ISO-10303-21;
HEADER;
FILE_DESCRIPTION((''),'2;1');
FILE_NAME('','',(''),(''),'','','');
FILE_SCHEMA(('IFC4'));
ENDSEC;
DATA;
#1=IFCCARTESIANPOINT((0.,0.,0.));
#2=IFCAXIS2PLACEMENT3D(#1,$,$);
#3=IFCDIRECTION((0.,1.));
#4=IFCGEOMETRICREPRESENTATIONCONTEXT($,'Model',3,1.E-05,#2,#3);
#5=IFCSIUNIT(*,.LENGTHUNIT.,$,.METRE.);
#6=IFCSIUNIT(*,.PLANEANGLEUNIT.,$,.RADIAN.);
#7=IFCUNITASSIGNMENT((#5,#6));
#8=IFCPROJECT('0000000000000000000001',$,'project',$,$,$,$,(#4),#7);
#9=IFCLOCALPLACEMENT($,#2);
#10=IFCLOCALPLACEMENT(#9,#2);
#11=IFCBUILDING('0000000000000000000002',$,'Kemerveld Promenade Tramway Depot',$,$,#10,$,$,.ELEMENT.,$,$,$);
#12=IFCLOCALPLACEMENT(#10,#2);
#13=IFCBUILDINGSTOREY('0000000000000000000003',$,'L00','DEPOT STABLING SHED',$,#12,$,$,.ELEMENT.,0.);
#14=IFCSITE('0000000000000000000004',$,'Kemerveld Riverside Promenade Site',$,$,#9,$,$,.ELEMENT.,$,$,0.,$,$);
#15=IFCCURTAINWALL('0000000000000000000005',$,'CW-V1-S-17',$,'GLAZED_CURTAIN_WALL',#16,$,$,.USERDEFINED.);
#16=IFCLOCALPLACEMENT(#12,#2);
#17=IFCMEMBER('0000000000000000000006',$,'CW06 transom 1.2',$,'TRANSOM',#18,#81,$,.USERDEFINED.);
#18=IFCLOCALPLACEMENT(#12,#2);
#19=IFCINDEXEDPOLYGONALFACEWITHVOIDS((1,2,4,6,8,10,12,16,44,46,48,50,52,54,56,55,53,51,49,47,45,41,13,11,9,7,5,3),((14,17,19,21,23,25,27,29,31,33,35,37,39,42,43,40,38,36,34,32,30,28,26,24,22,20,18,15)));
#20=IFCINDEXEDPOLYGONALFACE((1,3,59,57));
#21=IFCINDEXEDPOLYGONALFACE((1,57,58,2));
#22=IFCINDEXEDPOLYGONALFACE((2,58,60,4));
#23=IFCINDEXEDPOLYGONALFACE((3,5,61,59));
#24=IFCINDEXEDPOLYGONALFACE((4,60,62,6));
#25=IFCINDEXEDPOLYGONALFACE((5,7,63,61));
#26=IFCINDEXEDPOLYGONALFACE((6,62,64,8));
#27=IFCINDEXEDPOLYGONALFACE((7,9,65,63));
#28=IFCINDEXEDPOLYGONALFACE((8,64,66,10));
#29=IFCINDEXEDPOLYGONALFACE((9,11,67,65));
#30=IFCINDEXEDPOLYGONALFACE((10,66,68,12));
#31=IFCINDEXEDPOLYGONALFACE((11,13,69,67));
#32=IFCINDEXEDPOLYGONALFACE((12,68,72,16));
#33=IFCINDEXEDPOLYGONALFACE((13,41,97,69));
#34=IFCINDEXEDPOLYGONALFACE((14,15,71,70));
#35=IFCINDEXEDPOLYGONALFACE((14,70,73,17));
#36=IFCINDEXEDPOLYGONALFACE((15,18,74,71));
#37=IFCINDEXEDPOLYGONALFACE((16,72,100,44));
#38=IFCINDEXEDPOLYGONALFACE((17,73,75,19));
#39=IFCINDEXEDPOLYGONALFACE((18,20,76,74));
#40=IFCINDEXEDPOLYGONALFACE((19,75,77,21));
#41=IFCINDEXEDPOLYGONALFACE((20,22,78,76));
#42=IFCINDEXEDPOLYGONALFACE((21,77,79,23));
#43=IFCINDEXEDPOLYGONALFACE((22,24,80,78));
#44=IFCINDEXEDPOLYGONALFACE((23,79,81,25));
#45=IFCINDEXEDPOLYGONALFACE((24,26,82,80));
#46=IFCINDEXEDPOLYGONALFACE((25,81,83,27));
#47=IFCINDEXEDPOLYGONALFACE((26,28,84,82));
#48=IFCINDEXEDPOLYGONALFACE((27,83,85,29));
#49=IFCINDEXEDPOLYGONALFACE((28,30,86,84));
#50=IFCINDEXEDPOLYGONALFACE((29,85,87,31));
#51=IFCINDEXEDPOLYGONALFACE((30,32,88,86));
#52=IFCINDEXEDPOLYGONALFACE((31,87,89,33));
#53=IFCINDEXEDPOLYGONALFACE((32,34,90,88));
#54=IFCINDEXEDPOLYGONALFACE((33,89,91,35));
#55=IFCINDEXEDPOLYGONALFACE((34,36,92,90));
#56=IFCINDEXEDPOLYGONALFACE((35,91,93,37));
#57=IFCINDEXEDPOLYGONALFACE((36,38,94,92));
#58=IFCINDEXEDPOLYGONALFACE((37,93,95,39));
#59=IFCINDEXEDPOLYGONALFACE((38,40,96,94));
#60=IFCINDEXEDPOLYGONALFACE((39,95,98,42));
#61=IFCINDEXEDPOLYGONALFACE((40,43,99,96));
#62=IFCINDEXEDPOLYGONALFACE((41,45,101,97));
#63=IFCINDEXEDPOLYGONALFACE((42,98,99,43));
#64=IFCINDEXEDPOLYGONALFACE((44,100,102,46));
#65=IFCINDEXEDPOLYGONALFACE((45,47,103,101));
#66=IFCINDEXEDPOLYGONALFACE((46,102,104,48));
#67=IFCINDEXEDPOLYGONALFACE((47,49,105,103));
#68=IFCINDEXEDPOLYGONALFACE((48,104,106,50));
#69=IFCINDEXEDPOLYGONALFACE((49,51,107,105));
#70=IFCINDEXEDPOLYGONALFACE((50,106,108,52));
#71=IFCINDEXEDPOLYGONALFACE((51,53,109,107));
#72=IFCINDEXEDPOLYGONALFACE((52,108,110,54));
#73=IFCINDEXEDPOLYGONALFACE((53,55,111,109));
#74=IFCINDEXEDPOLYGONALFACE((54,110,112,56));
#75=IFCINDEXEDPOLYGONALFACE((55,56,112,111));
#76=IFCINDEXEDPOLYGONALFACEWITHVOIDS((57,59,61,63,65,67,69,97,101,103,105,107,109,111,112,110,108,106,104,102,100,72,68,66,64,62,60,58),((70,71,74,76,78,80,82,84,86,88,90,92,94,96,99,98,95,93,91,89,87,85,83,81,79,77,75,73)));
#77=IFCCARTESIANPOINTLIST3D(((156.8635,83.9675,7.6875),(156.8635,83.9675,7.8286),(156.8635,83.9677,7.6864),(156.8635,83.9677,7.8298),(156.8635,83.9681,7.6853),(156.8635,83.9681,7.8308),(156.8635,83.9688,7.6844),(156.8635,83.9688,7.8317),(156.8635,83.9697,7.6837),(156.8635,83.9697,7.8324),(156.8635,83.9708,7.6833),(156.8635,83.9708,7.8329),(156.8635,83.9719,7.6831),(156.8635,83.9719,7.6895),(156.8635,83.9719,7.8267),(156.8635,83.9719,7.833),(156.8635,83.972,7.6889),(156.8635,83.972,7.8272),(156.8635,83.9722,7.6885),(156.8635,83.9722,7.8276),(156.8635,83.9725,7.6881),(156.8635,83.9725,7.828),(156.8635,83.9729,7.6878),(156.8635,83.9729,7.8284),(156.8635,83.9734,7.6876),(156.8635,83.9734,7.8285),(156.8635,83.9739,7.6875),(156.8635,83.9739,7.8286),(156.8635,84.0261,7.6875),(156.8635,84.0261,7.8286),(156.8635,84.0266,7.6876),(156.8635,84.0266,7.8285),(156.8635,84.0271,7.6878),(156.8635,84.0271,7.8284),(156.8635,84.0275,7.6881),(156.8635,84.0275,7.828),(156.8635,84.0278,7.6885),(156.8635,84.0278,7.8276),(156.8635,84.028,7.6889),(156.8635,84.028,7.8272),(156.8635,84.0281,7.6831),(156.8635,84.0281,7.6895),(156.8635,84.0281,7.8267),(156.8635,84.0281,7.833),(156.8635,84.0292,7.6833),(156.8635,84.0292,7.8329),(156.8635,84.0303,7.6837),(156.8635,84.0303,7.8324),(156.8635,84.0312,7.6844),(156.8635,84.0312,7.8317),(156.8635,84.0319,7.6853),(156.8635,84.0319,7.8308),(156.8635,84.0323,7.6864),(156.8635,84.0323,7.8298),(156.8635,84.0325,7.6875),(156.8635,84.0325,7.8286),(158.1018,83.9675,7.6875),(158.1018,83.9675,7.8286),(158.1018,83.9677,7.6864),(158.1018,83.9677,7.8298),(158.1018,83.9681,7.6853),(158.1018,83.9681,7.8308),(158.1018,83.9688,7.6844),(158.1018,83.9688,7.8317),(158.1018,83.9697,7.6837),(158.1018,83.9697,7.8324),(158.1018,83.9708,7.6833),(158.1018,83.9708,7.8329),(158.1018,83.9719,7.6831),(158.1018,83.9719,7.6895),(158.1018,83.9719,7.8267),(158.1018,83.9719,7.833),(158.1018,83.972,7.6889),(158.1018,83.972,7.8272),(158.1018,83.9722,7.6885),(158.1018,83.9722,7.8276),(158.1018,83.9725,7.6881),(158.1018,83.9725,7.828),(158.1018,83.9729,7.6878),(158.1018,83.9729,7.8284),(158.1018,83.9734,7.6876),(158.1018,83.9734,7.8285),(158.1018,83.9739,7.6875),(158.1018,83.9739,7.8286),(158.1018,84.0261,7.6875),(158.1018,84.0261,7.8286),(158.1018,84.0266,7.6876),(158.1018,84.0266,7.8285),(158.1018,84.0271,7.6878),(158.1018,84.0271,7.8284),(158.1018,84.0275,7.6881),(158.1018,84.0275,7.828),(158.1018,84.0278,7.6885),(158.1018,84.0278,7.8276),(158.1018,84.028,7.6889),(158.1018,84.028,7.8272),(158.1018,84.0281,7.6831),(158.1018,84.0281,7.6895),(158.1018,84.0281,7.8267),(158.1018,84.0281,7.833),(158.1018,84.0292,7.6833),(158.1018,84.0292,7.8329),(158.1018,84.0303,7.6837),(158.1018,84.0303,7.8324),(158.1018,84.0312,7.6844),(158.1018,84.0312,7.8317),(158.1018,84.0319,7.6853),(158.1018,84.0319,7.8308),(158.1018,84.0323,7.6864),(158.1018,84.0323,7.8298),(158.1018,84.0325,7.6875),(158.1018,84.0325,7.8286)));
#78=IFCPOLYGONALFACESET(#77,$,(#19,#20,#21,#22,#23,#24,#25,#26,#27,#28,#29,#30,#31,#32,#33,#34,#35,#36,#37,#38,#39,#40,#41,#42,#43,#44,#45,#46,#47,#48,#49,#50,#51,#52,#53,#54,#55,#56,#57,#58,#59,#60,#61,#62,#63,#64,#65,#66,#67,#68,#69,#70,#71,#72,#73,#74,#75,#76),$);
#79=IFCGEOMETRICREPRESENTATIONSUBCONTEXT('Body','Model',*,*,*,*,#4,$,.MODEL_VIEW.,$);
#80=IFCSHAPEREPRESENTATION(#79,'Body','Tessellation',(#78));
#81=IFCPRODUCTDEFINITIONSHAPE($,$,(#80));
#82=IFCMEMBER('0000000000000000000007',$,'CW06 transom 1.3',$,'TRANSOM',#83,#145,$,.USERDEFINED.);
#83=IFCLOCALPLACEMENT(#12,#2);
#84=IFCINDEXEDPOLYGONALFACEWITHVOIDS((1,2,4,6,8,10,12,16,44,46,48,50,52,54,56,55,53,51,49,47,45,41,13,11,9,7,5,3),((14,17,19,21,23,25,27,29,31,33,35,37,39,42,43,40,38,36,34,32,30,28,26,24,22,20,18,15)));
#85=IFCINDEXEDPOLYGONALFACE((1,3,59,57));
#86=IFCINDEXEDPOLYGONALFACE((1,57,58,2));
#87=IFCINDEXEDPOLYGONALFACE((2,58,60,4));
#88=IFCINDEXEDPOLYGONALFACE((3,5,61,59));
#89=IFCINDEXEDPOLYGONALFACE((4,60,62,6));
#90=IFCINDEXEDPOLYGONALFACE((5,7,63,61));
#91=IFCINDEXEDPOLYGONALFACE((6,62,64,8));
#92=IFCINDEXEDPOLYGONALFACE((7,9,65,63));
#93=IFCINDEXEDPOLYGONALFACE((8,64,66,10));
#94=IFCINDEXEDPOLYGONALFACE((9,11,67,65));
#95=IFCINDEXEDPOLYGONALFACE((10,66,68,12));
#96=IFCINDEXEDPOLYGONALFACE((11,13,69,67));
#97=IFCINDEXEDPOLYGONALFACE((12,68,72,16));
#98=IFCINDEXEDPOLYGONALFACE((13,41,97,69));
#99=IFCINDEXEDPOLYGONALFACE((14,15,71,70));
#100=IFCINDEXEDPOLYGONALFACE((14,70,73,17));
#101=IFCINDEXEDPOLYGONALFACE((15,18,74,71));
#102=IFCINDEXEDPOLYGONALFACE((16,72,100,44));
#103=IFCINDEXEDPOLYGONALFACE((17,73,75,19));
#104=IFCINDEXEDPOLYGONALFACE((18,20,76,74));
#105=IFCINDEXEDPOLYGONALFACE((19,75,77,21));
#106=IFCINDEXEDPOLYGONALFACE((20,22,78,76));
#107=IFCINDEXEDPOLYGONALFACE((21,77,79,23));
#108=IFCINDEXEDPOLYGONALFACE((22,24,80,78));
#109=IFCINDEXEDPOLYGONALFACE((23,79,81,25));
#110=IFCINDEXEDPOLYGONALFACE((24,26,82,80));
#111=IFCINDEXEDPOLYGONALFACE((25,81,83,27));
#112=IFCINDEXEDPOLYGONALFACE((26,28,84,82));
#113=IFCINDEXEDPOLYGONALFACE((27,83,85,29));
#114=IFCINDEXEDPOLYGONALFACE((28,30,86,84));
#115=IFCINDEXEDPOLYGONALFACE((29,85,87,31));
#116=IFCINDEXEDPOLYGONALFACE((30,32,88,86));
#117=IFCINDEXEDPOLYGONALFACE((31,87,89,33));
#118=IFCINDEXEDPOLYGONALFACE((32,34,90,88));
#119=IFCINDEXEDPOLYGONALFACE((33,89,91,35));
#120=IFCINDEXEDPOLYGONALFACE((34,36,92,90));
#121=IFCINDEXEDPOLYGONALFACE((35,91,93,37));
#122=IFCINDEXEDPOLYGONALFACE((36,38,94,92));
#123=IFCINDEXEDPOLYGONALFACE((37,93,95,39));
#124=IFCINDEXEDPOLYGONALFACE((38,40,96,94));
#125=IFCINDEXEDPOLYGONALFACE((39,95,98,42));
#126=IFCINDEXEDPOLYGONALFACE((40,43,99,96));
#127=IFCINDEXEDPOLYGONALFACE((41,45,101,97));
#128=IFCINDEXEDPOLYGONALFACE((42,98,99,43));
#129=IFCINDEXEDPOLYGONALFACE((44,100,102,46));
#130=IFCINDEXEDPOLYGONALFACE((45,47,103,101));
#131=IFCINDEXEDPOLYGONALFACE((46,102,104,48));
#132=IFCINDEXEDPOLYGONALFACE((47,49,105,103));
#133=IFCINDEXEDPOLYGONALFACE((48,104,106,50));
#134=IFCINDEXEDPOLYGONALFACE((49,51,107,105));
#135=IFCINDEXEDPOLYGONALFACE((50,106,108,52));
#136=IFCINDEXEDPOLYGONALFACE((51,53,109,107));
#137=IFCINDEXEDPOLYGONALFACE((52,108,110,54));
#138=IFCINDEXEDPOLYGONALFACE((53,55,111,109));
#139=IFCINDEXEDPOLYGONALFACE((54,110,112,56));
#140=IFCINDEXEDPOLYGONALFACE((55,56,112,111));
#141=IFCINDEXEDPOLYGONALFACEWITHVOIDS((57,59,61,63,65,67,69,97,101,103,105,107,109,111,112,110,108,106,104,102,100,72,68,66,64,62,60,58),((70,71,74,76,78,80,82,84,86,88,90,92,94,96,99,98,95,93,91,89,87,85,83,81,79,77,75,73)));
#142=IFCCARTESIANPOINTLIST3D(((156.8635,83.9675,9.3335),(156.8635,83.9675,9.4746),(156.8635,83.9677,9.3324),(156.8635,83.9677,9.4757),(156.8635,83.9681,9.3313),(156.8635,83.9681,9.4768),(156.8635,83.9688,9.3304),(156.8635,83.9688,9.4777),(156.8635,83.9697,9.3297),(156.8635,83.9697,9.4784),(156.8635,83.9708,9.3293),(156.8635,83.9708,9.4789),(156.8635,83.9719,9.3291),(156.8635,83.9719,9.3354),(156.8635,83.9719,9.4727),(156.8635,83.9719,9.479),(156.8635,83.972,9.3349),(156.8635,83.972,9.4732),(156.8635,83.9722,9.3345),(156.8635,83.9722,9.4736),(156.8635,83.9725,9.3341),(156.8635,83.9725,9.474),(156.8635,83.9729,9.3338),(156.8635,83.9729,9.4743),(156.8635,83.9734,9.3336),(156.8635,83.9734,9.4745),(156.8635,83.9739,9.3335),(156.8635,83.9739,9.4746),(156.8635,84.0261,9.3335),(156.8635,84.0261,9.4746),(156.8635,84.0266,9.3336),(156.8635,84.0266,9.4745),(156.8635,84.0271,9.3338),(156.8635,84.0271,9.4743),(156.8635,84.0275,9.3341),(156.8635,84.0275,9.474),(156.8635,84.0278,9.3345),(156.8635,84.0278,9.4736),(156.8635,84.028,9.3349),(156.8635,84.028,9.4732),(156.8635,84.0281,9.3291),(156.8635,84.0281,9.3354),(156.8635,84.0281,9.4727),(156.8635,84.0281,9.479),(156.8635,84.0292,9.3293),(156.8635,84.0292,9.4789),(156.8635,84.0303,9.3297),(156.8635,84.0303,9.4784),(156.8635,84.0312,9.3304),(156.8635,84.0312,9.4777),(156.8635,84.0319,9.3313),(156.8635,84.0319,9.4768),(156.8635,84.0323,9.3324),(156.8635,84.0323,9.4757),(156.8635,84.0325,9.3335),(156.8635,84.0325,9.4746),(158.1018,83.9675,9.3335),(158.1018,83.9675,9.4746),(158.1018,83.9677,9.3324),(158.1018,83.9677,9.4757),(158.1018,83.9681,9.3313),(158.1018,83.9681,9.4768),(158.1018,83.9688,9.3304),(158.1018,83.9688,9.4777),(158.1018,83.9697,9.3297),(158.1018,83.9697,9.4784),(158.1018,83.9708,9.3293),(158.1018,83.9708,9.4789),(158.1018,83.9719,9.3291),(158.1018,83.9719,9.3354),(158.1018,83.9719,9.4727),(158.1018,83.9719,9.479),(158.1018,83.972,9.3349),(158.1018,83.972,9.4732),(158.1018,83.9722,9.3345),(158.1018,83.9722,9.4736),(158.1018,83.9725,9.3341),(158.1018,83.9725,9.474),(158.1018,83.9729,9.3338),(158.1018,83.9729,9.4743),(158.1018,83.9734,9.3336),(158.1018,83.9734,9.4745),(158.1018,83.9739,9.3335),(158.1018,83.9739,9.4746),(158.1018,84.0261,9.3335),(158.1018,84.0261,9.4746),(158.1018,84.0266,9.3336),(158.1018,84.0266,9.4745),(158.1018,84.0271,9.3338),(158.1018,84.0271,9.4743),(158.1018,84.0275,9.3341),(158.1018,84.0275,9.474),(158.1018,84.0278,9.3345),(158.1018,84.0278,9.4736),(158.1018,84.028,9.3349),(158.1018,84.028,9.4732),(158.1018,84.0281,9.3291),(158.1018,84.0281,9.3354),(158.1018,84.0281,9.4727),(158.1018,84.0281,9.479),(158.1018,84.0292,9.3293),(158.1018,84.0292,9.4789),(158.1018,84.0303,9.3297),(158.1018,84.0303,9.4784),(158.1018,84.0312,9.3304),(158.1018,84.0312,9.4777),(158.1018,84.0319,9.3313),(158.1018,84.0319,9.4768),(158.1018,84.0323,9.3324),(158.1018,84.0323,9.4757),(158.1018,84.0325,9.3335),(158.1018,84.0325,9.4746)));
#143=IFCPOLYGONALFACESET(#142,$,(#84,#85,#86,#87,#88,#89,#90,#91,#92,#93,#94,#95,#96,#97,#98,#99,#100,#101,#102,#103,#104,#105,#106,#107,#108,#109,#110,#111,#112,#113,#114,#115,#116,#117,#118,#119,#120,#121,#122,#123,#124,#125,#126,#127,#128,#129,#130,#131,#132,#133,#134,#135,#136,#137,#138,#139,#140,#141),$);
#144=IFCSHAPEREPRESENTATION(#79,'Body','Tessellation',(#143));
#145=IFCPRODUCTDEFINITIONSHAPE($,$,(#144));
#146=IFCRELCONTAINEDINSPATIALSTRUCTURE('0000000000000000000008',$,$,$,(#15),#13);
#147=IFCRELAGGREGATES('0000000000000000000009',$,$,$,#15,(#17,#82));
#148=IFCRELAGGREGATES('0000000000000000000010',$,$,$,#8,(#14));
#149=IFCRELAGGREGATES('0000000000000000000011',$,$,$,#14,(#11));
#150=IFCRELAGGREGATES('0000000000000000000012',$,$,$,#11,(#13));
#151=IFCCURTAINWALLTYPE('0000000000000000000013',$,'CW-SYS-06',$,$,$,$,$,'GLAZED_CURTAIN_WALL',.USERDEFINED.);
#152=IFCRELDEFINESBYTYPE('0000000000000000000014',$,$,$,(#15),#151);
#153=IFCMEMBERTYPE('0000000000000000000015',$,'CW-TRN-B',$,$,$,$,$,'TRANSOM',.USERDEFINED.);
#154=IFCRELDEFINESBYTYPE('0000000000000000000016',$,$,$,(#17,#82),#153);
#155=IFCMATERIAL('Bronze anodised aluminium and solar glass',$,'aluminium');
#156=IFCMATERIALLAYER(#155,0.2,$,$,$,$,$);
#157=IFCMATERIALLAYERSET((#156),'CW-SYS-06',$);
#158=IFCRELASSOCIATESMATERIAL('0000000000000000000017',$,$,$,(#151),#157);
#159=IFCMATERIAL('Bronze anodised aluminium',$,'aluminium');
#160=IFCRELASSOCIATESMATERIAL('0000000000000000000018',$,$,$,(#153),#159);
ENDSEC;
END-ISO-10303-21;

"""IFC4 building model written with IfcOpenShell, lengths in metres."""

from ifc_helpers import new_model, si_unit, direction, frame, origin, origin_2d, place, context, subcontext, project, spatial, hollow_rectangle, extrude, material, layer, layer_set, material_profile, profile_set, type_object, element, aggregate, save


model = new_model("IFC4")

# Units and contexts
model_context = context("Model", 3, precision=1e-05, world=origin(), true_north=direction((0.0, 1.0)))
body_context = subcontext(model_context, "Body", "Model", "MODEL_VIEW")
ifc_project = project(units=[si_unit("LENGTHUNIT", "METRE"), si_unit("PLANEANGLEUNIT", "RADIAN")], contexts=[model_context])

# Site, building, storey
site_placement = place(None, origin())
site = spatial("IfcSite", under=ifc_project, at=site_placement, Name="Kemerveld Riverside Promenade Site", CompositionType="ELEMENT", RefElevation=0.0)
building_placement = place(site_placement, origin())
building = spatial("IfcBuilding", under=site, at=building_placement, Name="Kemerveld Promenade Tramway Depot", CompositionType="ELEMENT")
storey_placement = place(building_placement, origin())
storey = spatial("IfcBuildingStorey", under=building, at=storey_placement, Name="L00", Description="DEPOT STABLING SHED", CompositionType="ELEMENT", Elevation=0.0)

# Curtain wall, members
ifc_material_1 = material(Name="Bronze anodised aluminium and solar glass", Category="aluminium")
ifc_material_2 = material(Name="Bronze anodised aluminium", Category="aluminium")
ifc_layer_1 = layer(ifc_material_1, 0.2)
ifc_layer_set_1 = layer_set([ifc_layer_1], Name="CW-SYS-06")
curtain_wall_type_1 = type_object("IfcCurtainWallType", Name="CW-SYS-06", ElementType="GLAZED_CURTAIN_WALL", PredefinedType="USERDEFINED", material=ifc_layer_set_1)
curtain_wall_1_placement = place(storey_placement, origin())
curtain_wall_1 = element("IfcCurtainWall", 1, at=curtain_wall_1_placement, inside=storey, type_object=curtain_wall_type_1, Name="CW-V1-S-17", ObjectType="GLAZED_CURTAIN_WALL", PredefinedType="USERDEFINED")
ifc_material_profile_1 = material_profile(ifc_material_2, hollow_rectangle(XDim=0.0649, YDim=0.1499, WallThickness=0.0044, InnerFilletRadius=0.002, OuterFilletRadius=0.0044, at=origin_2d()), Name="CW-TRN-150x65")
ifc_profile_set_1 = profile_set([ifc_material_profile_1], Name="Bronze anodised aluminium")
member_type_1 = type_object("IfcMemberType", Name="CW-TRN-B", ElementType="TRANSOM", PredefinedType="USERDEFINED", material=ifc_profile_set_1)
member_1_placement = place(storey_placement, frame((158.1018, 84.0, 7.7581), z_axis=(-1.0, 0.0, 0.0), x_axis=(0.0, -1.0, 0.0)))
member_1 = element("IfcMember", 2, at=member_1_placement, type_object=member_type_1, Name="CW06 transom 1.2", ObjectType="TRANSOM", PredefinedType="USERDEFINED", context=body_context, shape_type="SweptSolid", body=[
    extrude(hollow_rectangle(XDim=0.0649, YDim=0.1499, WallThickness=0.0044, InnerFilletRadius=0.002, OuterFilletRadius=0.0044, at=origin_2d()), origin(), (0.0, 0.0, 1.0), 1.2383),
])
member_2_placement = place(storey_placement, frame((158.1018, 84.0, 9.4041), z_axis=(-1.0, 0.0, 0.0), x_axis=(0.0, -1.0, 0.0)))
member_2 = element("IfcMember", 3, at=member_2_placement, type_object=member_type_1, Name="CW06 transom 1.3", ObjectType="TRANSOM", PredefinedType="USERDEFINED", context=body_context, shape_type="SweptSolid", body=[
    extrude(hollow_rectangle(XDim=0.0649, YDim=0.1499, WallThickness=0.0044, InnerFilletRadius=0.002, OuterFilletRadius=0.0044, at=origin_2d()), origin(), (0.0, 0.0, 1.0), 1.2383),
])

aggregate(curtain_wall_1, [member_1, member_2])

save(model, "model.ifc")
